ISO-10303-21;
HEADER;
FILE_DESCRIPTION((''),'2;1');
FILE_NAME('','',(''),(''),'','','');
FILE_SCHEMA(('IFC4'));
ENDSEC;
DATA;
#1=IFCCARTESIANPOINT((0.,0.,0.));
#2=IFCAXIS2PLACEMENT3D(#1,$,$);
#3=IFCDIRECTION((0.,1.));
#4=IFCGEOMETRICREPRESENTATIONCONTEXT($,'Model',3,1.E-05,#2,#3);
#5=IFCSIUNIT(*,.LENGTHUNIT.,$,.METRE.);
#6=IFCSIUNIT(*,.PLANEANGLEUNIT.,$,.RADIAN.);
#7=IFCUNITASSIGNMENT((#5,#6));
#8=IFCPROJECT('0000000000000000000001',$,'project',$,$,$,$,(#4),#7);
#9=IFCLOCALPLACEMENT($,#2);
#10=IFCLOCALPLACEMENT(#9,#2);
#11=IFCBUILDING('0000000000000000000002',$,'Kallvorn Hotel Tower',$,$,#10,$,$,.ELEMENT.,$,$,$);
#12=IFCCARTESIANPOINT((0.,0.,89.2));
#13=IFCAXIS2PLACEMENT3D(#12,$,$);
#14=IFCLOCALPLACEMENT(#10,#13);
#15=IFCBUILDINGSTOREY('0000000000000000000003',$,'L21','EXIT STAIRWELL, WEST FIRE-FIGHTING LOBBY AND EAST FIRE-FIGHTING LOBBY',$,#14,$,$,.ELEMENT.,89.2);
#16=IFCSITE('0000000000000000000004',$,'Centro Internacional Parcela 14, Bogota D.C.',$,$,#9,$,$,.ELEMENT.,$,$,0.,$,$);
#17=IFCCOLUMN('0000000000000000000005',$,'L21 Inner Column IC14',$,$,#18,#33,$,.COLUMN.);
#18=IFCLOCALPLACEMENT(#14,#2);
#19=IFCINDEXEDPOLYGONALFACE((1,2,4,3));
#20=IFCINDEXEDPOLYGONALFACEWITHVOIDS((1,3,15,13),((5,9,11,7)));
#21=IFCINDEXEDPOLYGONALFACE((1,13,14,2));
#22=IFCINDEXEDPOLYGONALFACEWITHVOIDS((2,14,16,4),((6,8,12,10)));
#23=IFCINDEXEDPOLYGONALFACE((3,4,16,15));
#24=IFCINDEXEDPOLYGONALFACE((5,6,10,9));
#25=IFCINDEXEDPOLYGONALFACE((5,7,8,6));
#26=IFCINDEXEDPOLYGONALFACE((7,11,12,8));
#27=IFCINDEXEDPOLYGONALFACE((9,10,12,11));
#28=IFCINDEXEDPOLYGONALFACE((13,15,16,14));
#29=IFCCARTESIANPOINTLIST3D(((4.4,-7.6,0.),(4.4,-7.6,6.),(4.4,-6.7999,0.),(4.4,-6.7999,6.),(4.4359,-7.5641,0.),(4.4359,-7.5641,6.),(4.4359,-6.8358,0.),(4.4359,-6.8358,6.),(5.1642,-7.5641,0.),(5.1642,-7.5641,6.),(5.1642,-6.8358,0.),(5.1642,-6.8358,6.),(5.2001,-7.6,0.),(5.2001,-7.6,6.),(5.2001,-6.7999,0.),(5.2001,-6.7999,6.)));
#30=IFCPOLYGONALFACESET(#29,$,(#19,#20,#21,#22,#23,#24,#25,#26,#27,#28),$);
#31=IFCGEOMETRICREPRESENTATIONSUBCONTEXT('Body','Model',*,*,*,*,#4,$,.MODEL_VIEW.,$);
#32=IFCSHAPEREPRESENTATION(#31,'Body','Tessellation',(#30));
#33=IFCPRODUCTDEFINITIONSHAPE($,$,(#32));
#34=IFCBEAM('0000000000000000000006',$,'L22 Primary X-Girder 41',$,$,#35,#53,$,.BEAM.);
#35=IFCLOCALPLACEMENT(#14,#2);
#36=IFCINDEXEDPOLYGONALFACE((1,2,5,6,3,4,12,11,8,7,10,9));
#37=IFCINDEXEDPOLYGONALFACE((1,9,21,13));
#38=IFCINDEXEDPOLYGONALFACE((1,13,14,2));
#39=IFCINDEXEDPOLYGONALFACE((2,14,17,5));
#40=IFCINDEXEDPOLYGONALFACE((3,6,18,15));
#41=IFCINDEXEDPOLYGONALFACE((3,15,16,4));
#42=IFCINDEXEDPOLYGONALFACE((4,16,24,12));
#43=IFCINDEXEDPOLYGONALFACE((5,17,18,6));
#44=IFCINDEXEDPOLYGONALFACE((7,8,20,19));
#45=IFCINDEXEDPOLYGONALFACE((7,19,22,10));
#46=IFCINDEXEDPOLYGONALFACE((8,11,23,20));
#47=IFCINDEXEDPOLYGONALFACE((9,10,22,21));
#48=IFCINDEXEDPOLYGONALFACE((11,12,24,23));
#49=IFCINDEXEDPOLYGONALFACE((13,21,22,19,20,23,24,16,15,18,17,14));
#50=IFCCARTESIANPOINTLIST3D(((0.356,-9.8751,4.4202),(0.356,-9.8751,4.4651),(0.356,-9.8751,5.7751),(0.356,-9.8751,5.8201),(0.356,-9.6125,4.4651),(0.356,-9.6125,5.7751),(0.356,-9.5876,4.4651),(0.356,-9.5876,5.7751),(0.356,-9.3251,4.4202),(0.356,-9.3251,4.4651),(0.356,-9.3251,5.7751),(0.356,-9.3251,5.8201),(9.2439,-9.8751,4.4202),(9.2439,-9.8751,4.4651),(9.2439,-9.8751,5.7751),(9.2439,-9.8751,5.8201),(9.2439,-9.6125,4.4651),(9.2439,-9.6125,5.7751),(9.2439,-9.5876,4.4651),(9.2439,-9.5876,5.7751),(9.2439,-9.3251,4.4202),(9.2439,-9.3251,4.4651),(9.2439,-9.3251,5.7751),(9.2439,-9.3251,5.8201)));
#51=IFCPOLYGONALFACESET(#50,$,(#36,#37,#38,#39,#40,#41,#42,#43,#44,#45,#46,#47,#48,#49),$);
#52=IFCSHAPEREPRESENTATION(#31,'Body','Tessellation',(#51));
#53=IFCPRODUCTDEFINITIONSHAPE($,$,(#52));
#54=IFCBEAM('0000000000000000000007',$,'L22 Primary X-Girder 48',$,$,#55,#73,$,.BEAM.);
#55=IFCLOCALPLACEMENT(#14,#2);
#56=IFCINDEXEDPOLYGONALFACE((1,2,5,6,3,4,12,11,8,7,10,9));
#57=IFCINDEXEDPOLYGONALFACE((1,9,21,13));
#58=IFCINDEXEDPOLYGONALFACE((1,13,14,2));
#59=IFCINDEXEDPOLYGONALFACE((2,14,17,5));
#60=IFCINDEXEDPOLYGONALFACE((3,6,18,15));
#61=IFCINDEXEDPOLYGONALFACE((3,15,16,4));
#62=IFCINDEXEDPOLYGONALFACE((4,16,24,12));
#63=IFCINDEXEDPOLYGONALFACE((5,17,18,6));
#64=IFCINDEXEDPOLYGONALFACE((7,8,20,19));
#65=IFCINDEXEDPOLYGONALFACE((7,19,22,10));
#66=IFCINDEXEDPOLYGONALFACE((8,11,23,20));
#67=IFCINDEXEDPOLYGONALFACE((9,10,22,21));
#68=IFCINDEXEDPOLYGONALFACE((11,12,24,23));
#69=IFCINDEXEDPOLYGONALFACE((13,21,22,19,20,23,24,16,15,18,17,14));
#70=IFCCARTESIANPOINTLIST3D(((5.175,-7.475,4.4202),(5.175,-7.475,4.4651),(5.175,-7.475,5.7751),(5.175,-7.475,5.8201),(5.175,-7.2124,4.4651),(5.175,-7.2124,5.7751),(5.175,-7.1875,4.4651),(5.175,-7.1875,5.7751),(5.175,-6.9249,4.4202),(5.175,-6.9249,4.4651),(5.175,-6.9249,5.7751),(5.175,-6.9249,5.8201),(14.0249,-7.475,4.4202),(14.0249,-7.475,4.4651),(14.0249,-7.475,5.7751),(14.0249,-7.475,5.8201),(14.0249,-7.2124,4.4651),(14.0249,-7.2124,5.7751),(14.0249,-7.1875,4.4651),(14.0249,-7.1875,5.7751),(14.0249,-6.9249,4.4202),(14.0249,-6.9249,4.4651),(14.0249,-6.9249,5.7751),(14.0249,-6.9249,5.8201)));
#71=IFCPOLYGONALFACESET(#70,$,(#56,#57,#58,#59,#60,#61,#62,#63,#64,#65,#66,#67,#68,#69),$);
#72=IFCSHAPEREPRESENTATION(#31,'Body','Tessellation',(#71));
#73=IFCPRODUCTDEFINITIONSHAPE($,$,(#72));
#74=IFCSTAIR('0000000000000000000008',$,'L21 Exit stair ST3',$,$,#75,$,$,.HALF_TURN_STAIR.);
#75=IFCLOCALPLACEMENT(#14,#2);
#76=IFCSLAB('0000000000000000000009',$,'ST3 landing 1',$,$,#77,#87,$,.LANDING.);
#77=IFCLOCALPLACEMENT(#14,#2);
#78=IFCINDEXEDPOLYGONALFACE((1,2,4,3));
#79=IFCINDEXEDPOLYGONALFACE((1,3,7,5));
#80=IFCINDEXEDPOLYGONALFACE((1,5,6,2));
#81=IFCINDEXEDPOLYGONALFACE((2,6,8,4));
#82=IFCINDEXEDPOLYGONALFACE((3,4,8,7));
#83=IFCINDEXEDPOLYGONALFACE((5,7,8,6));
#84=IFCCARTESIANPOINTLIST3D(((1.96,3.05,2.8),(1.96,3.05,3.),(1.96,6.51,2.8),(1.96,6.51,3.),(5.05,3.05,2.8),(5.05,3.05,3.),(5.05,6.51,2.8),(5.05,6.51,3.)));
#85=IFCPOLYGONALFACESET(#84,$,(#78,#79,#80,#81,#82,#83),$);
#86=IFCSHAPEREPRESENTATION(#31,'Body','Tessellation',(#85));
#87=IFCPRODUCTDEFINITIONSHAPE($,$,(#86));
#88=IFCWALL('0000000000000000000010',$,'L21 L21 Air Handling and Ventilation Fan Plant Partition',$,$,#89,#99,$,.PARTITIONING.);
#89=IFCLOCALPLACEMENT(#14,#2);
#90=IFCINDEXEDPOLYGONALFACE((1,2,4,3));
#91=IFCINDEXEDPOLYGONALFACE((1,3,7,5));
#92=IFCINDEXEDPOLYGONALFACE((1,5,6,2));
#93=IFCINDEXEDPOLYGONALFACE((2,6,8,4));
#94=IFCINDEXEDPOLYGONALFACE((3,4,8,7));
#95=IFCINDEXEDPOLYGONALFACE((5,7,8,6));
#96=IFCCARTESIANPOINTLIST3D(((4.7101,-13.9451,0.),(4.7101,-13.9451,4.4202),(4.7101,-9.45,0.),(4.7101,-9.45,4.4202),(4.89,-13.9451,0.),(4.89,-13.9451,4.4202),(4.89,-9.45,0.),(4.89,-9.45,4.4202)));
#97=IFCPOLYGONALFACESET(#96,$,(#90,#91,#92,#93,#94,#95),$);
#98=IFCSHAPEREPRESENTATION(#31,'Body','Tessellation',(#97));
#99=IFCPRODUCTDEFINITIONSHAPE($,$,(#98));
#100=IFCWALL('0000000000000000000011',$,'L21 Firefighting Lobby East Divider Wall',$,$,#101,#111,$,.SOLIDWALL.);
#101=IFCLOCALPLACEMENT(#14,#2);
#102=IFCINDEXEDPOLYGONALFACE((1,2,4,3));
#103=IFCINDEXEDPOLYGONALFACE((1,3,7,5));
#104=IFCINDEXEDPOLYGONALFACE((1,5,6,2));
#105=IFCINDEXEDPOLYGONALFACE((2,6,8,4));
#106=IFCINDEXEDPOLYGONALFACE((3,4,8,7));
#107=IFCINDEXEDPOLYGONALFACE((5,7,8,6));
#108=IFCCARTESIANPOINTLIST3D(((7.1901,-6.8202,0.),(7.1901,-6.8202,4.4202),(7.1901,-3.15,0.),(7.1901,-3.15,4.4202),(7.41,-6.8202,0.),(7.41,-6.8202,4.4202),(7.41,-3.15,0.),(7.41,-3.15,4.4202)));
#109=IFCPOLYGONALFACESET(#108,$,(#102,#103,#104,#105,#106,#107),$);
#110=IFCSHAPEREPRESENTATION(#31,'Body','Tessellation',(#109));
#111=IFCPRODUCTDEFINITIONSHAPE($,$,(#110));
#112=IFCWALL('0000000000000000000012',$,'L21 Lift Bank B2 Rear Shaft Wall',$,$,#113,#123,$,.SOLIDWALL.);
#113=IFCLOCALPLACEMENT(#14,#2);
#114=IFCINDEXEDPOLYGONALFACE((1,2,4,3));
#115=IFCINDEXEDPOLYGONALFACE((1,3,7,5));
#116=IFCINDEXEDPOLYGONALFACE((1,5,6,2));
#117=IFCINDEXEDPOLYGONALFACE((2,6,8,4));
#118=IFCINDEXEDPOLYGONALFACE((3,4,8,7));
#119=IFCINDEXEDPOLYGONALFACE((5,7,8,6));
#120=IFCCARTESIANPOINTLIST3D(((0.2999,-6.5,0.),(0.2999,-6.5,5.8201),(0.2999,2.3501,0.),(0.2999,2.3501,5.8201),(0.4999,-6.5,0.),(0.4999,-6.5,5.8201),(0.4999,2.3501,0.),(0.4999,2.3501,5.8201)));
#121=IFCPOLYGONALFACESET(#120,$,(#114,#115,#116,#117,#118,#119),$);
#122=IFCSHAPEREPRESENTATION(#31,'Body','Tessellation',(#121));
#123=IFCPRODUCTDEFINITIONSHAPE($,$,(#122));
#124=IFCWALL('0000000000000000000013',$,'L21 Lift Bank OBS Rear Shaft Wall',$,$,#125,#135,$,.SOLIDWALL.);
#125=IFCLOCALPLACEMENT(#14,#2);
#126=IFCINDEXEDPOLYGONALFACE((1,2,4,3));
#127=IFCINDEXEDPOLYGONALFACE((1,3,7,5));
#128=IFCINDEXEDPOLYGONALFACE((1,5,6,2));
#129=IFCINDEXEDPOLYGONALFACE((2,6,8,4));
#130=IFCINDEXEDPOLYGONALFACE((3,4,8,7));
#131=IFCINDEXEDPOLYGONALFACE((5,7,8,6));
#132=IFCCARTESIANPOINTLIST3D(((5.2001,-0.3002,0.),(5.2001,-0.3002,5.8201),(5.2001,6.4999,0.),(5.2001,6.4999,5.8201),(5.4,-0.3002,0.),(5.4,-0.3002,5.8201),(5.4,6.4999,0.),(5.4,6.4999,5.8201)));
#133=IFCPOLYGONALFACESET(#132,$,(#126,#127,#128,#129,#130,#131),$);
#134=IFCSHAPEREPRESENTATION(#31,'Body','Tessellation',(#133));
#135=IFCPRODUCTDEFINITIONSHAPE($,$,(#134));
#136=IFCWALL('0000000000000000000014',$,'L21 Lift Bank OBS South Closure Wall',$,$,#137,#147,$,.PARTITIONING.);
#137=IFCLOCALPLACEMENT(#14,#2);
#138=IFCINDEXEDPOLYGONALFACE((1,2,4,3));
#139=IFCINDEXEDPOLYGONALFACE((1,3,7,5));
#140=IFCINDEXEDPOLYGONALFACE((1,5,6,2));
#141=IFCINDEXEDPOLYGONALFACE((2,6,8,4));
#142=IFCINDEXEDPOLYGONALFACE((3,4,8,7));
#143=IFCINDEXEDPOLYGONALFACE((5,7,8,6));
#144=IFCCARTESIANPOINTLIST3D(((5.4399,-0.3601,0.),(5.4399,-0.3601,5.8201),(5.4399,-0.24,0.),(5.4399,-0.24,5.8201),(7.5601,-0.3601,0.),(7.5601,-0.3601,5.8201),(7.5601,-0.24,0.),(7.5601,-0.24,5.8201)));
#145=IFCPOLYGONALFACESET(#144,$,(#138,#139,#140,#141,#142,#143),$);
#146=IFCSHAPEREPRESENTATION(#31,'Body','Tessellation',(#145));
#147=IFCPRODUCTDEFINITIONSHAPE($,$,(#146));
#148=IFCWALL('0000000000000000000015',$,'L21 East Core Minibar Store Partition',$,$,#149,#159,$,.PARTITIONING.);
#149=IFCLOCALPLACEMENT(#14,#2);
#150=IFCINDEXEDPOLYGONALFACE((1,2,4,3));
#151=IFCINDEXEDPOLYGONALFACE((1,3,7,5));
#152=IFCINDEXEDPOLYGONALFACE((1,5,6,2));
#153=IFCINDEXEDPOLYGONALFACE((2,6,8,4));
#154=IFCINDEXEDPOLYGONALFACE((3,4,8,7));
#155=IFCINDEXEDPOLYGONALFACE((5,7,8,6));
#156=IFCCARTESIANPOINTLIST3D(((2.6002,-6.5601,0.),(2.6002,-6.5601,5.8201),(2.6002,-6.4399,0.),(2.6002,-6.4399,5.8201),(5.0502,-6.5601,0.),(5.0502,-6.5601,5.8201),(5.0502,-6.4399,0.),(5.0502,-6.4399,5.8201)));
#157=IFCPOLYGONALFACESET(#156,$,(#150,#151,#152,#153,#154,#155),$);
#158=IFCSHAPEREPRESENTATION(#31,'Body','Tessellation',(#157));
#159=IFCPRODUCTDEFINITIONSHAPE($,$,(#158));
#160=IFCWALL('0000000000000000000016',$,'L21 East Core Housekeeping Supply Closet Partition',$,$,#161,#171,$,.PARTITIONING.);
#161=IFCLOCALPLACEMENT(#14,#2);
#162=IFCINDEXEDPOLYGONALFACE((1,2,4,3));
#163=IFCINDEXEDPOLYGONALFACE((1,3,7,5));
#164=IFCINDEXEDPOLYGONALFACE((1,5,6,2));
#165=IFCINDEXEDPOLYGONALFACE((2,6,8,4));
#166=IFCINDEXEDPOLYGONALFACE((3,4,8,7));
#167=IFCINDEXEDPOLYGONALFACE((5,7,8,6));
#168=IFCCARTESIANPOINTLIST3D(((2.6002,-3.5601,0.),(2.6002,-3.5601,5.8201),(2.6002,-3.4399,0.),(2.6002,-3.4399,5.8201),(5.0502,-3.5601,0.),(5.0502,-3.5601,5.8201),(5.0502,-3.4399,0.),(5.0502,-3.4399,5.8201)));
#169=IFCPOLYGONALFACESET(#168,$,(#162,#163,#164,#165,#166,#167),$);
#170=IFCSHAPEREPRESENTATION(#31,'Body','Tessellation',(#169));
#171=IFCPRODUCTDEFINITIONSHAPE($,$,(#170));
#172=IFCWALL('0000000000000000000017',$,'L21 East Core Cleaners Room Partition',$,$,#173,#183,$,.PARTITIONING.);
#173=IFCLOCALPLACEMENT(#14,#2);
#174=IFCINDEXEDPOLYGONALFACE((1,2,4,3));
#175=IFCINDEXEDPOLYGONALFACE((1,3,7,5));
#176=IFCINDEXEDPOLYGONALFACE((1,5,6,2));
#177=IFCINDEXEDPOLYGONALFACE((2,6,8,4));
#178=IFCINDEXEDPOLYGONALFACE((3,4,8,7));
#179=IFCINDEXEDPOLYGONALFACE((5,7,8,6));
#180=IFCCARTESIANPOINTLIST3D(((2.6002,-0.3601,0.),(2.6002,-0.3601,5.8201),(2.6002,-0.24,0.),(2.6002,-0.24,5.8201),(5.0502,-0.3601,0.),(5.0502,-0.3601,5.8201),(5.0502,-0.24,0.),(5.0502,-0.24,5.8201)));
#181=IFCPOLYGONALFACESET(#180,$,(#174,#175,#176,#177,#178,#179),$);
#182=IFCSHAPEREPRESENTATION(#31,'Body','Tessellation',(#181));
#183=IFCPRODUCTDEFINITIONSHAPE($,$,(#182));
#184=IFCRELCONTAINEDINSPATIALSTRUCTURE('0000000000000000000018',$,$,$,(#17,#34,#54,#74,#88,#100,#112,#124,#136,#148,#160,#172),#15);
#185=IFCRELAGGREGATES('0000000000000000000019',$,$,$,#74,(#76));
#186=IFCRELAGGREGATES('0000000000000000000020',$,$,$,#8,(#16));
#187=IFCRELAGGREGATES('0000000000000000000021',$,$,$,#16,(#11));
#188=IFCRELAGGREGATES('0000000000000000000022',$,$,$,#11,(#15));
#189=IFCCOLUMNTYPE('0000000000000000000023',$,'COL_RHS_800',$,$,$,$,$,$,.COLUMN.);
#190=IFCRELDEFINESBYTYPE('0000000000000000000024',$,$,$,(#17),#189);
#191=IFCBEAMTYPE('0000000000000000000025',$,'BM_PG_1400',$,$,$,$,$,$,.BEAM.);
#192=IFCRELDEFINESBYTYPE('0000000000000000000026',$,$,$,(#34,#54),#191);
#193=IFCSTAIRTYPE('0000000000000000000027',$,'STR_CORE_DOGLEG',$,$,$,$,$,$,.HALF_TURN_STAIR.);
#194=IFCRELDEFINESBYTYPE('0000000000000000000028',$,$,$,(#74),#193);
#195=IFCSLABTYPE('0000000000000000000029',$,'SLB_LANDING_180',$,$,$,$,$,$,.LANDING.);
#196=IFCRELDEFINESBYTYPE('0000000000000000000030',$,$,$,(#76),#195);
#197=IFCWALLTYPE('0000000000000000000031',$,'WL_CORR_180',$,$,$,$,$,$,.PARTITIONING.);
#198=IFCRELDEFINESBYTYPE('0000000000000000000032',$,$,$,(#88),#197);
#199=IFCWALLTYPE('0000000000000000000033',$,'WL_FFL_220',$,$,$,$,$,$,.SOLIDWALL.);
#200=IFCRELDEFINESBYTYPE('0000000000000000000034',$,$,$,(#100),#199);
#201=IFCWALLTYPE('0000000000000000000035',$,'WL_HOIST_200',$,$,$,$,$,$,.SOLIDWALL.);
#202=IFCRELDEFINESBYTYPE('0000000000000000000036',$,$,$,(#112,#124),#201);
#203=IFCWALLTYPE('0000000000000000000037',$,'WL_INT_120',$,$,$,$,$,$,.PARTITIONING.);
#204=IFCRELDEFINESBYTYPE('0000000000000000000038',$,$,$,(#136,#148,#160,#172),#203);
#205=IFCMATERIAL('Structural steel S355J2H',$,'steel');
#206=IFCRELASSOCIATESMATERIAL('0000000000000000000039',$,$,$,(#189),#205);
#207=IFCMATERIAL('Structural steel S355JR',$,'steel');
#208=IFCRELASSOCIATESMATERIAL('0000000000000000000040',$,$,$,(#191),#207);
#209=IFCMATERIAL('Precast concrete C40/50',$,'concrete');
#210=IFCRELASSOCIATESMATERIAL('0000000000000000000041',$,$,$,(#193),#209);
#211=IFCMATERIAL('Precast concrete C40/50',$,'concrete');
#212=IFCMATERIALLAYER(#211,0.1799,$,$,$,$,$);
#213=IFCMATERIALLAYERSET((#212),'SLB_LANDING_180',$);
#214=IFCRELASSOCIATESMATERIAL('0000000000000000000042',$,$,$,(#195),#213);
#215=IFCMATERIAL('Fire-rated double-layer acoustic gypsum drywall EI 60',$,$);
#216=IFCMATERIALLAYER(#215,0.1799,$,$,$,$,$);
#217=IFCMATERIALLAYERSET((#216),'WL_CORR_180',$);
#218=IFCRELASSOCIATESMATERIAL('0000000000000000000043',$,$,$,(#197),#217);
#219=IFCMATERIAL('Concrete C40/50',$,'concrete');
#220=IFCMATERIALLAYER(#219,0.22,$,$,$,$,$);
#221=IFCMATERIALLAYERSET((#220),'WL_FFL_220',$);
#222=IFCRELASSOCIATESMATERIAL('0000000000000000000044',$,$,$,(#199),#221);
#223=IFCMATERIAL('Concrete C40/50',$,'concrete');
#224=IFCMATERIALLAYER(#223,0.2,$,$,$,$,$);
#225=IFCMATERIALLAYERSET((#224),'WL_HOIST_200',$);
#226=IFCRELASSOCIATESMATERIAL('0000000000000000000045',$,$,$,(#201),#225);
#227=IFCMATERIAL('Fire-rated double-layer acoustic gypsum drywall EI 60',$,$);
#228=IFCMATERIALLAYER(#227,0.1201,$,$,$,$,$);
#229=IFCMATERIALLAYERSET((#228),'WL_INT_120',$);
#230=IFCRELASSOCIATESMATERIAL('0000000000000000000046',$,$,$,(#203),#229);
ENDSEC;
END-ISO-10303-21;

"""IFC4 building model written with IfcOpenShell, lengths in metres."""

from ifc_helpers import new_model, si_unit, direction, frame, frame_2d, origin, origin_2d, place, context, subcontext, project, spatial, polyline, rectangle, hollow_rectangle, i_section, outline, extrude, material, layer, layer_set, material_profile, profile_set, type_object, element, aggregate, save


model = new_model("IFC4")

# Units and contexts
model_context = context("Model", 3, precision=1e-05, world=origin(), true_north=direction((0.0, 1.0)))
body_context = subcontext(model_context, "Body", "Model", "MODEL_VIEW")
ifc_project = project(units=[si_unit("LENGTHUNIT", "METRE"), si_unit("PLANEANGLEUNIT", "RADIAN")], contexts=[model_context])

# Site, building, storey
site_placement = place(None, origin())
site = spatial("IfcSite", under=ifc_project, at=site_placement, Name="Centro Internacional Parcela 14, Bogota D.C.", CompositionType="ELEMENT", RefElevation=0.0)
building_placement = place(site_placement, origin())
building = spatial("IfcBuilding", under=site, at=building_placement, Name="Kallvorn Hotel Tower", CompositionType="ELEMENT")
storey_placement = place(building_placement, frame((0.0, 0.0, 89.2)))
storey = spatial("IfcBuildingStorey", under=building, at=storey_placement, Name="L21", Description="EXIT STAIRWELL, WEST FIRE-FIGHTING LOBBY AND EAST FIRE-FIGHTING LOBBY", CompositionType="ELEMENT", Elevation=89.2)

# Column
ifc_material_1 = material(Name="Structural steel S355J2H", Category="steel")
ifc_material_profile_1 = material_profile(ifc_material_1, hollow_rectangle(XDim=0.8, YDim=0.8, WallThickness=0.0359, at=origin_2d()), Name="RHS 800x800x36")
ifc_profile_set_1 = profile_set([ifc_material_profile_1], Name="Structural steel S355J2H")
column_type = type_object("IfcColumnType", Name="COL_RHS_800", PredefinedType="COLUMN", material=ifc_profile_set_1)
column_placement = place(storey_placement, frame((4.8, -7.2, 0.0), z_axis=(0.0, 0.0, 1.0), x_axis=(1.0, 0.0, 0.0)))
element("IfcColumn", 1, at=column_placement, inside=storey, type_object=column_type, Name="L21 Inner Column IC14", PredefinedType="COLUMN", context=body_context, shape_type="SweptSolid", body=[
    extrude(hollow_rectangle(XDim=0.8, YDim=0.8, WallThickness=0.0359, at=origin_2d()), origin(), (0.0, 0.0, 1.0), 6.0),
])

# Beams
ifc_material_2 = material(Name="Structural steel S355JR", Category="steel")
ifc_material_profile_2 = material_profile(ifc_material_2, i_section(OverallWidth=0.55, OverallDepth=1.3999, WebThickness=0.0249, FlangeThickness=0.0449, at=origin_2d()), Name="PG 1400x550x25x45")
ifc_profile_set_2 = profile_set([ifc_material_profile_2], Name="Structural steel S355JR")
beam_type = type_object("IfcBeamType", Name="BM_PG_1400", PredefinedType="BEAM", material=ifc_profile_set_2)
beam_1_placement = place(storey_placement, frame((0.356, -9.6001, 5.1201), z_axis=(1.0, 0.0, 0.0), x_axis=(0.0, 1.0, 0.0)))
element("IfcBeam", 2, at=beam_1_placement, inside=storey, type_object=beam_type, Name="L22 Primary X-Girder 41", PredefinedType="BEAM", context=body_context, shape_type="SweptSolid", body=[
    extrude(i_section(OverallWidth=0.55, OverallDepth=1.3999, WebThickness=0.0249, FlangeThickness=0.0449, at=origin_2d()), origin(), (0.0, 0.0, 1.0), 8.8879),
])
beam_2_placement = place(storey_placement, frame((5.175, -7.2, 5.1201), z_axis=(1.0, 0.0, 0.0), x_axis=(0.0, 1.0, 0.0)))
element("IfcBeam", 3, at=beam_2_placement, inside=storey, type_object=beam_type, Name="L22 Primary X-Girder 48", PredefinedType="BEAM", context=body_context, shape_type="SweptSolid", body=[
    extrude(i_section(OverallWidth=0.55, OverallDepth=1.3999, WebThickness=0.0249, FlangeThickness=0.0449, at=origin_2d()), origin(), (0.0, 0.0, 1.0), 8.8499),
])

# Stair, slab
ifc_material_3 = material(Name="Precast concrete C40/50", Category="concrete")
stair_type = type_object("IfcStairType", Name="STR_CORE_DOGLEG", PredefinedType="HALF_TURN_STAIR", material=ifc_material_3)
stair_placement = place(storey_placement, origin())
stair = element("IfcStair", 4, at=stair_placement, inside=storey, type_object=stair_type, Name="L21 Exit stair ST3", PredefinedType="HALF_TURN_STAIR")
ifc_material_4 = material(Name="Precast concrete C40/50", Category="concrete")
ifc_layer_1 = layer(ifc_material_4, 0.1799)
ifc_layer_set_1 = layer_set([ifc_layer_1], Name="SLB_LANDING_180")
slab_type = type_object("IfcSlabType", Name="SLB_LANDING_180", PredefinedType="LANDING", material=ifc_layer_set_1)
slab_placement = place(storey_placement, frame((0.0, 0.0, 2.8)))
slab = element("IfcSlab", 5, at=slab_placement, type_object=slab_type, Name="ST3 landing 1", PredefinedType="LANDING", context=body_context, shape_type="SweptSolid", body=[
    extrude(outline(polyline([(1.96, 3.05), (5.05, 3.05), (5.05, 6.51), (1.96, 6.51), (1.96, 3.05)])), origin(), (0.0, 0.0, 1.0), 0.2),
])
aggregate(stair, [slab])

# Walls
ifc_material_5 = material(Name="Fire-rated double-layer acoustic gypsum drywall EI 60")
ifc_layer_2 = layer(ifc_material_5, 0.1799)
ifc_layer_set_2 = layer_set([ifc_layer_2], Name="WL_CORR_180")
wall_type_1 = type_object("IfcWallType", Name="WL_CORR_180", PredefinedType="PARTITIONING", material=ifc_layer_set_2)
wall_1_placement = place(storey_placement, frame((4.8, -13.9451, 0.0), z_axis=(0.0, 0.0, 1.0), x_axis=(0.0, 1.0, 0.0)))
element("IfcWall", 6, at=wall_1_placement, inside=storey, type_object=wall_type_1, Name="L21 L21 Air Handling and Ventilation Fan Plant Partition", PredefinedType="PARTITIONING", context=body_context, shape_type="SweptSolid", body=[
    extrude(rectangle(XDim=4.4951, YDim=0.1799, at=frame_2d((2.2476, 0.0))), origin(), (0.0, 0.0, 1.0), 4.4202),
])
ifc_material_6 = material(Name="Concrete C40/50", Category="concrete")
ifc_layer_3 = layer(ifc_material_6, 0.22)
ifc_layer_set_3 = layer_set([ifc_layer_3], Name="WL_FFL_220")
wall_type_2 = type_object("IfcWallType", Name="WL_FFL_220", PredefinedType="SOLIDWALL", material=ifc_layer_set_3)
wall_2_placement = place(storey_placement, frame((7.3, -6.8201, 0.0), z_axis=(0.0, 0.0, 1.0), x_axis=(0.0, 1.0, 0.0)))
element("IfcWall", 7, at=wall_2_placement, inside=storey, type_object=wall_type_2, Name="L21 Firefighting Lobby East Divider Wall", PredefinedType="SOLIDWALL", context=body_context, shape_type="SweptSolid", body=[
    extrude(rectangle(XDim=3.6702, YDim=0.22, at=frame_2d((1.835, 0.0))), origin(), (0.0, 0.0, 1.0), 4.4202),
])
ifc_material_7 = material(Name="Concrete C40/50", Category="concrete")
ifc_layer_4 = layer(ifc_material_7, 0.2)
ifc_layer_set_4 = layer_set([ifc_layer_4], Name="WL_HOIST_200")
wall_type_3 = type_object("IfcWallType", Name="WL_HOIST_200", PredefinedType="SOLIDWALL", material=ifc_layer_set_4)
wall_3_placement = place(storey_placement, frame((0.3999, -6.5, 0.0), z_axis=(0.0, 0.0, 1.0), x_axis=(0.0, 1.0, 0.0)))
element("IfcWall", 8, at=wall_3_placement, inside=storey, type_object=wall_type_3, Name="L21 Lift Bank B2 Rear Shaft Wall", PredefinedType="SOLIDWALL", context=body_context, shape_type="SweptSolid", body=[
    extrude(rectangle(XDim=8.8501, YDim=0.2, at=frame_2d((4.425, 0.0))), origin(), (0.0, 0.0, 1.0), 5.8201),
])
wall_4_placement = place(storey_placement, frame((5.3, -0.3, 0.0), z_axis=(0.0, 0.0, 1.0), x_axis=(0.0, 1.0, 0.0)))
element("IfcWall", 9, at=wall_4_placement, inside=storey, type_object=wall_type_3, Name="L21 Lift Bank OBS Rear Shaft Wall", PredefinedType="SOLIDWALL", context=body_context, shape_type="SweptSolid", body=[
    extrude(rectangle(XDim=6.8, YDim=0.2, at=frame_2d((3.3999, 0.0))), origin(), (0.0, 0.0, 1.0), 5.8201),
])
ifc_material_8 = material(Name="Fire-rated double-layer acoustic gypsum drywall EI 60")
ifc_layer_5 = layer(ifc_material_8, 0.1201)
ifc_layer_set_5 = layer_set([ifc_layer_5], Name="WL_INT_120")
wall_type_4 = type_object("IfcWallType", Name="WL_INT_120", PredefinedType="PARTITIONING", material=ifc_layer_set_5)
wall_5_placement = place(storey_placement, frame((5.4399, -0.3, 0.0), z_axis=(0.0, 0.0, 1.0), x_axis=(1.0, 0.0, 0.0)))
element("IfcWall", 10, at=wall_5_placement, inside=storey, type_object=wall_type_4, Name="L21 Lift Bank OBS South Closure Wall", PredefinedType="PARTITIONING", context=body_context, shape_type="SweptSolid", body=[
    extrude(rectangle(XDim=2.1201, YDim=0.1201, at=frame_2d((1.0601, 0.0))), origin(), (0.0, 0.0, 1.0), 5.8201),
])
for number, where, z_axis, x_axis, name in (
    (11, (2.6001, -6.5, 0.0), (0.0, 0.0, 1.0), (1.0, 0.0, 0.0), "L21 East Core Minibar Store Partition"),
    (12, (2.6001, -3.5, 0.0), (0.0, 0.0, 1.0), (1.0, 0.0, 0.0), "L21 East Core Housekeeping Supply Closet Partition"),
    (13, (2.6001, -0.3, 0.0), (0.0, 0.0, 1.0), (1.0, 0.0, 0.0), "L21 East Core Cleaners Room Partition"),
):
    element("IfcWall", number, at=place(storey_placement, frame(where, z_axis=z_axis, x_axis=x_axis)), inside=storey, type_object=wall_type_4, Name=name, PredefinedType="PARTITIONING", context=body_context, shape_type="SweptSolid", body=[
        extrude(rectangle(XDim=2.45, YDim=0.1201, at=frame_2d((1.2251, 0.0))), origin(), (0.0, 0.0, 1.0), 5.8201),
    ])

save(model, "model.ifc")
